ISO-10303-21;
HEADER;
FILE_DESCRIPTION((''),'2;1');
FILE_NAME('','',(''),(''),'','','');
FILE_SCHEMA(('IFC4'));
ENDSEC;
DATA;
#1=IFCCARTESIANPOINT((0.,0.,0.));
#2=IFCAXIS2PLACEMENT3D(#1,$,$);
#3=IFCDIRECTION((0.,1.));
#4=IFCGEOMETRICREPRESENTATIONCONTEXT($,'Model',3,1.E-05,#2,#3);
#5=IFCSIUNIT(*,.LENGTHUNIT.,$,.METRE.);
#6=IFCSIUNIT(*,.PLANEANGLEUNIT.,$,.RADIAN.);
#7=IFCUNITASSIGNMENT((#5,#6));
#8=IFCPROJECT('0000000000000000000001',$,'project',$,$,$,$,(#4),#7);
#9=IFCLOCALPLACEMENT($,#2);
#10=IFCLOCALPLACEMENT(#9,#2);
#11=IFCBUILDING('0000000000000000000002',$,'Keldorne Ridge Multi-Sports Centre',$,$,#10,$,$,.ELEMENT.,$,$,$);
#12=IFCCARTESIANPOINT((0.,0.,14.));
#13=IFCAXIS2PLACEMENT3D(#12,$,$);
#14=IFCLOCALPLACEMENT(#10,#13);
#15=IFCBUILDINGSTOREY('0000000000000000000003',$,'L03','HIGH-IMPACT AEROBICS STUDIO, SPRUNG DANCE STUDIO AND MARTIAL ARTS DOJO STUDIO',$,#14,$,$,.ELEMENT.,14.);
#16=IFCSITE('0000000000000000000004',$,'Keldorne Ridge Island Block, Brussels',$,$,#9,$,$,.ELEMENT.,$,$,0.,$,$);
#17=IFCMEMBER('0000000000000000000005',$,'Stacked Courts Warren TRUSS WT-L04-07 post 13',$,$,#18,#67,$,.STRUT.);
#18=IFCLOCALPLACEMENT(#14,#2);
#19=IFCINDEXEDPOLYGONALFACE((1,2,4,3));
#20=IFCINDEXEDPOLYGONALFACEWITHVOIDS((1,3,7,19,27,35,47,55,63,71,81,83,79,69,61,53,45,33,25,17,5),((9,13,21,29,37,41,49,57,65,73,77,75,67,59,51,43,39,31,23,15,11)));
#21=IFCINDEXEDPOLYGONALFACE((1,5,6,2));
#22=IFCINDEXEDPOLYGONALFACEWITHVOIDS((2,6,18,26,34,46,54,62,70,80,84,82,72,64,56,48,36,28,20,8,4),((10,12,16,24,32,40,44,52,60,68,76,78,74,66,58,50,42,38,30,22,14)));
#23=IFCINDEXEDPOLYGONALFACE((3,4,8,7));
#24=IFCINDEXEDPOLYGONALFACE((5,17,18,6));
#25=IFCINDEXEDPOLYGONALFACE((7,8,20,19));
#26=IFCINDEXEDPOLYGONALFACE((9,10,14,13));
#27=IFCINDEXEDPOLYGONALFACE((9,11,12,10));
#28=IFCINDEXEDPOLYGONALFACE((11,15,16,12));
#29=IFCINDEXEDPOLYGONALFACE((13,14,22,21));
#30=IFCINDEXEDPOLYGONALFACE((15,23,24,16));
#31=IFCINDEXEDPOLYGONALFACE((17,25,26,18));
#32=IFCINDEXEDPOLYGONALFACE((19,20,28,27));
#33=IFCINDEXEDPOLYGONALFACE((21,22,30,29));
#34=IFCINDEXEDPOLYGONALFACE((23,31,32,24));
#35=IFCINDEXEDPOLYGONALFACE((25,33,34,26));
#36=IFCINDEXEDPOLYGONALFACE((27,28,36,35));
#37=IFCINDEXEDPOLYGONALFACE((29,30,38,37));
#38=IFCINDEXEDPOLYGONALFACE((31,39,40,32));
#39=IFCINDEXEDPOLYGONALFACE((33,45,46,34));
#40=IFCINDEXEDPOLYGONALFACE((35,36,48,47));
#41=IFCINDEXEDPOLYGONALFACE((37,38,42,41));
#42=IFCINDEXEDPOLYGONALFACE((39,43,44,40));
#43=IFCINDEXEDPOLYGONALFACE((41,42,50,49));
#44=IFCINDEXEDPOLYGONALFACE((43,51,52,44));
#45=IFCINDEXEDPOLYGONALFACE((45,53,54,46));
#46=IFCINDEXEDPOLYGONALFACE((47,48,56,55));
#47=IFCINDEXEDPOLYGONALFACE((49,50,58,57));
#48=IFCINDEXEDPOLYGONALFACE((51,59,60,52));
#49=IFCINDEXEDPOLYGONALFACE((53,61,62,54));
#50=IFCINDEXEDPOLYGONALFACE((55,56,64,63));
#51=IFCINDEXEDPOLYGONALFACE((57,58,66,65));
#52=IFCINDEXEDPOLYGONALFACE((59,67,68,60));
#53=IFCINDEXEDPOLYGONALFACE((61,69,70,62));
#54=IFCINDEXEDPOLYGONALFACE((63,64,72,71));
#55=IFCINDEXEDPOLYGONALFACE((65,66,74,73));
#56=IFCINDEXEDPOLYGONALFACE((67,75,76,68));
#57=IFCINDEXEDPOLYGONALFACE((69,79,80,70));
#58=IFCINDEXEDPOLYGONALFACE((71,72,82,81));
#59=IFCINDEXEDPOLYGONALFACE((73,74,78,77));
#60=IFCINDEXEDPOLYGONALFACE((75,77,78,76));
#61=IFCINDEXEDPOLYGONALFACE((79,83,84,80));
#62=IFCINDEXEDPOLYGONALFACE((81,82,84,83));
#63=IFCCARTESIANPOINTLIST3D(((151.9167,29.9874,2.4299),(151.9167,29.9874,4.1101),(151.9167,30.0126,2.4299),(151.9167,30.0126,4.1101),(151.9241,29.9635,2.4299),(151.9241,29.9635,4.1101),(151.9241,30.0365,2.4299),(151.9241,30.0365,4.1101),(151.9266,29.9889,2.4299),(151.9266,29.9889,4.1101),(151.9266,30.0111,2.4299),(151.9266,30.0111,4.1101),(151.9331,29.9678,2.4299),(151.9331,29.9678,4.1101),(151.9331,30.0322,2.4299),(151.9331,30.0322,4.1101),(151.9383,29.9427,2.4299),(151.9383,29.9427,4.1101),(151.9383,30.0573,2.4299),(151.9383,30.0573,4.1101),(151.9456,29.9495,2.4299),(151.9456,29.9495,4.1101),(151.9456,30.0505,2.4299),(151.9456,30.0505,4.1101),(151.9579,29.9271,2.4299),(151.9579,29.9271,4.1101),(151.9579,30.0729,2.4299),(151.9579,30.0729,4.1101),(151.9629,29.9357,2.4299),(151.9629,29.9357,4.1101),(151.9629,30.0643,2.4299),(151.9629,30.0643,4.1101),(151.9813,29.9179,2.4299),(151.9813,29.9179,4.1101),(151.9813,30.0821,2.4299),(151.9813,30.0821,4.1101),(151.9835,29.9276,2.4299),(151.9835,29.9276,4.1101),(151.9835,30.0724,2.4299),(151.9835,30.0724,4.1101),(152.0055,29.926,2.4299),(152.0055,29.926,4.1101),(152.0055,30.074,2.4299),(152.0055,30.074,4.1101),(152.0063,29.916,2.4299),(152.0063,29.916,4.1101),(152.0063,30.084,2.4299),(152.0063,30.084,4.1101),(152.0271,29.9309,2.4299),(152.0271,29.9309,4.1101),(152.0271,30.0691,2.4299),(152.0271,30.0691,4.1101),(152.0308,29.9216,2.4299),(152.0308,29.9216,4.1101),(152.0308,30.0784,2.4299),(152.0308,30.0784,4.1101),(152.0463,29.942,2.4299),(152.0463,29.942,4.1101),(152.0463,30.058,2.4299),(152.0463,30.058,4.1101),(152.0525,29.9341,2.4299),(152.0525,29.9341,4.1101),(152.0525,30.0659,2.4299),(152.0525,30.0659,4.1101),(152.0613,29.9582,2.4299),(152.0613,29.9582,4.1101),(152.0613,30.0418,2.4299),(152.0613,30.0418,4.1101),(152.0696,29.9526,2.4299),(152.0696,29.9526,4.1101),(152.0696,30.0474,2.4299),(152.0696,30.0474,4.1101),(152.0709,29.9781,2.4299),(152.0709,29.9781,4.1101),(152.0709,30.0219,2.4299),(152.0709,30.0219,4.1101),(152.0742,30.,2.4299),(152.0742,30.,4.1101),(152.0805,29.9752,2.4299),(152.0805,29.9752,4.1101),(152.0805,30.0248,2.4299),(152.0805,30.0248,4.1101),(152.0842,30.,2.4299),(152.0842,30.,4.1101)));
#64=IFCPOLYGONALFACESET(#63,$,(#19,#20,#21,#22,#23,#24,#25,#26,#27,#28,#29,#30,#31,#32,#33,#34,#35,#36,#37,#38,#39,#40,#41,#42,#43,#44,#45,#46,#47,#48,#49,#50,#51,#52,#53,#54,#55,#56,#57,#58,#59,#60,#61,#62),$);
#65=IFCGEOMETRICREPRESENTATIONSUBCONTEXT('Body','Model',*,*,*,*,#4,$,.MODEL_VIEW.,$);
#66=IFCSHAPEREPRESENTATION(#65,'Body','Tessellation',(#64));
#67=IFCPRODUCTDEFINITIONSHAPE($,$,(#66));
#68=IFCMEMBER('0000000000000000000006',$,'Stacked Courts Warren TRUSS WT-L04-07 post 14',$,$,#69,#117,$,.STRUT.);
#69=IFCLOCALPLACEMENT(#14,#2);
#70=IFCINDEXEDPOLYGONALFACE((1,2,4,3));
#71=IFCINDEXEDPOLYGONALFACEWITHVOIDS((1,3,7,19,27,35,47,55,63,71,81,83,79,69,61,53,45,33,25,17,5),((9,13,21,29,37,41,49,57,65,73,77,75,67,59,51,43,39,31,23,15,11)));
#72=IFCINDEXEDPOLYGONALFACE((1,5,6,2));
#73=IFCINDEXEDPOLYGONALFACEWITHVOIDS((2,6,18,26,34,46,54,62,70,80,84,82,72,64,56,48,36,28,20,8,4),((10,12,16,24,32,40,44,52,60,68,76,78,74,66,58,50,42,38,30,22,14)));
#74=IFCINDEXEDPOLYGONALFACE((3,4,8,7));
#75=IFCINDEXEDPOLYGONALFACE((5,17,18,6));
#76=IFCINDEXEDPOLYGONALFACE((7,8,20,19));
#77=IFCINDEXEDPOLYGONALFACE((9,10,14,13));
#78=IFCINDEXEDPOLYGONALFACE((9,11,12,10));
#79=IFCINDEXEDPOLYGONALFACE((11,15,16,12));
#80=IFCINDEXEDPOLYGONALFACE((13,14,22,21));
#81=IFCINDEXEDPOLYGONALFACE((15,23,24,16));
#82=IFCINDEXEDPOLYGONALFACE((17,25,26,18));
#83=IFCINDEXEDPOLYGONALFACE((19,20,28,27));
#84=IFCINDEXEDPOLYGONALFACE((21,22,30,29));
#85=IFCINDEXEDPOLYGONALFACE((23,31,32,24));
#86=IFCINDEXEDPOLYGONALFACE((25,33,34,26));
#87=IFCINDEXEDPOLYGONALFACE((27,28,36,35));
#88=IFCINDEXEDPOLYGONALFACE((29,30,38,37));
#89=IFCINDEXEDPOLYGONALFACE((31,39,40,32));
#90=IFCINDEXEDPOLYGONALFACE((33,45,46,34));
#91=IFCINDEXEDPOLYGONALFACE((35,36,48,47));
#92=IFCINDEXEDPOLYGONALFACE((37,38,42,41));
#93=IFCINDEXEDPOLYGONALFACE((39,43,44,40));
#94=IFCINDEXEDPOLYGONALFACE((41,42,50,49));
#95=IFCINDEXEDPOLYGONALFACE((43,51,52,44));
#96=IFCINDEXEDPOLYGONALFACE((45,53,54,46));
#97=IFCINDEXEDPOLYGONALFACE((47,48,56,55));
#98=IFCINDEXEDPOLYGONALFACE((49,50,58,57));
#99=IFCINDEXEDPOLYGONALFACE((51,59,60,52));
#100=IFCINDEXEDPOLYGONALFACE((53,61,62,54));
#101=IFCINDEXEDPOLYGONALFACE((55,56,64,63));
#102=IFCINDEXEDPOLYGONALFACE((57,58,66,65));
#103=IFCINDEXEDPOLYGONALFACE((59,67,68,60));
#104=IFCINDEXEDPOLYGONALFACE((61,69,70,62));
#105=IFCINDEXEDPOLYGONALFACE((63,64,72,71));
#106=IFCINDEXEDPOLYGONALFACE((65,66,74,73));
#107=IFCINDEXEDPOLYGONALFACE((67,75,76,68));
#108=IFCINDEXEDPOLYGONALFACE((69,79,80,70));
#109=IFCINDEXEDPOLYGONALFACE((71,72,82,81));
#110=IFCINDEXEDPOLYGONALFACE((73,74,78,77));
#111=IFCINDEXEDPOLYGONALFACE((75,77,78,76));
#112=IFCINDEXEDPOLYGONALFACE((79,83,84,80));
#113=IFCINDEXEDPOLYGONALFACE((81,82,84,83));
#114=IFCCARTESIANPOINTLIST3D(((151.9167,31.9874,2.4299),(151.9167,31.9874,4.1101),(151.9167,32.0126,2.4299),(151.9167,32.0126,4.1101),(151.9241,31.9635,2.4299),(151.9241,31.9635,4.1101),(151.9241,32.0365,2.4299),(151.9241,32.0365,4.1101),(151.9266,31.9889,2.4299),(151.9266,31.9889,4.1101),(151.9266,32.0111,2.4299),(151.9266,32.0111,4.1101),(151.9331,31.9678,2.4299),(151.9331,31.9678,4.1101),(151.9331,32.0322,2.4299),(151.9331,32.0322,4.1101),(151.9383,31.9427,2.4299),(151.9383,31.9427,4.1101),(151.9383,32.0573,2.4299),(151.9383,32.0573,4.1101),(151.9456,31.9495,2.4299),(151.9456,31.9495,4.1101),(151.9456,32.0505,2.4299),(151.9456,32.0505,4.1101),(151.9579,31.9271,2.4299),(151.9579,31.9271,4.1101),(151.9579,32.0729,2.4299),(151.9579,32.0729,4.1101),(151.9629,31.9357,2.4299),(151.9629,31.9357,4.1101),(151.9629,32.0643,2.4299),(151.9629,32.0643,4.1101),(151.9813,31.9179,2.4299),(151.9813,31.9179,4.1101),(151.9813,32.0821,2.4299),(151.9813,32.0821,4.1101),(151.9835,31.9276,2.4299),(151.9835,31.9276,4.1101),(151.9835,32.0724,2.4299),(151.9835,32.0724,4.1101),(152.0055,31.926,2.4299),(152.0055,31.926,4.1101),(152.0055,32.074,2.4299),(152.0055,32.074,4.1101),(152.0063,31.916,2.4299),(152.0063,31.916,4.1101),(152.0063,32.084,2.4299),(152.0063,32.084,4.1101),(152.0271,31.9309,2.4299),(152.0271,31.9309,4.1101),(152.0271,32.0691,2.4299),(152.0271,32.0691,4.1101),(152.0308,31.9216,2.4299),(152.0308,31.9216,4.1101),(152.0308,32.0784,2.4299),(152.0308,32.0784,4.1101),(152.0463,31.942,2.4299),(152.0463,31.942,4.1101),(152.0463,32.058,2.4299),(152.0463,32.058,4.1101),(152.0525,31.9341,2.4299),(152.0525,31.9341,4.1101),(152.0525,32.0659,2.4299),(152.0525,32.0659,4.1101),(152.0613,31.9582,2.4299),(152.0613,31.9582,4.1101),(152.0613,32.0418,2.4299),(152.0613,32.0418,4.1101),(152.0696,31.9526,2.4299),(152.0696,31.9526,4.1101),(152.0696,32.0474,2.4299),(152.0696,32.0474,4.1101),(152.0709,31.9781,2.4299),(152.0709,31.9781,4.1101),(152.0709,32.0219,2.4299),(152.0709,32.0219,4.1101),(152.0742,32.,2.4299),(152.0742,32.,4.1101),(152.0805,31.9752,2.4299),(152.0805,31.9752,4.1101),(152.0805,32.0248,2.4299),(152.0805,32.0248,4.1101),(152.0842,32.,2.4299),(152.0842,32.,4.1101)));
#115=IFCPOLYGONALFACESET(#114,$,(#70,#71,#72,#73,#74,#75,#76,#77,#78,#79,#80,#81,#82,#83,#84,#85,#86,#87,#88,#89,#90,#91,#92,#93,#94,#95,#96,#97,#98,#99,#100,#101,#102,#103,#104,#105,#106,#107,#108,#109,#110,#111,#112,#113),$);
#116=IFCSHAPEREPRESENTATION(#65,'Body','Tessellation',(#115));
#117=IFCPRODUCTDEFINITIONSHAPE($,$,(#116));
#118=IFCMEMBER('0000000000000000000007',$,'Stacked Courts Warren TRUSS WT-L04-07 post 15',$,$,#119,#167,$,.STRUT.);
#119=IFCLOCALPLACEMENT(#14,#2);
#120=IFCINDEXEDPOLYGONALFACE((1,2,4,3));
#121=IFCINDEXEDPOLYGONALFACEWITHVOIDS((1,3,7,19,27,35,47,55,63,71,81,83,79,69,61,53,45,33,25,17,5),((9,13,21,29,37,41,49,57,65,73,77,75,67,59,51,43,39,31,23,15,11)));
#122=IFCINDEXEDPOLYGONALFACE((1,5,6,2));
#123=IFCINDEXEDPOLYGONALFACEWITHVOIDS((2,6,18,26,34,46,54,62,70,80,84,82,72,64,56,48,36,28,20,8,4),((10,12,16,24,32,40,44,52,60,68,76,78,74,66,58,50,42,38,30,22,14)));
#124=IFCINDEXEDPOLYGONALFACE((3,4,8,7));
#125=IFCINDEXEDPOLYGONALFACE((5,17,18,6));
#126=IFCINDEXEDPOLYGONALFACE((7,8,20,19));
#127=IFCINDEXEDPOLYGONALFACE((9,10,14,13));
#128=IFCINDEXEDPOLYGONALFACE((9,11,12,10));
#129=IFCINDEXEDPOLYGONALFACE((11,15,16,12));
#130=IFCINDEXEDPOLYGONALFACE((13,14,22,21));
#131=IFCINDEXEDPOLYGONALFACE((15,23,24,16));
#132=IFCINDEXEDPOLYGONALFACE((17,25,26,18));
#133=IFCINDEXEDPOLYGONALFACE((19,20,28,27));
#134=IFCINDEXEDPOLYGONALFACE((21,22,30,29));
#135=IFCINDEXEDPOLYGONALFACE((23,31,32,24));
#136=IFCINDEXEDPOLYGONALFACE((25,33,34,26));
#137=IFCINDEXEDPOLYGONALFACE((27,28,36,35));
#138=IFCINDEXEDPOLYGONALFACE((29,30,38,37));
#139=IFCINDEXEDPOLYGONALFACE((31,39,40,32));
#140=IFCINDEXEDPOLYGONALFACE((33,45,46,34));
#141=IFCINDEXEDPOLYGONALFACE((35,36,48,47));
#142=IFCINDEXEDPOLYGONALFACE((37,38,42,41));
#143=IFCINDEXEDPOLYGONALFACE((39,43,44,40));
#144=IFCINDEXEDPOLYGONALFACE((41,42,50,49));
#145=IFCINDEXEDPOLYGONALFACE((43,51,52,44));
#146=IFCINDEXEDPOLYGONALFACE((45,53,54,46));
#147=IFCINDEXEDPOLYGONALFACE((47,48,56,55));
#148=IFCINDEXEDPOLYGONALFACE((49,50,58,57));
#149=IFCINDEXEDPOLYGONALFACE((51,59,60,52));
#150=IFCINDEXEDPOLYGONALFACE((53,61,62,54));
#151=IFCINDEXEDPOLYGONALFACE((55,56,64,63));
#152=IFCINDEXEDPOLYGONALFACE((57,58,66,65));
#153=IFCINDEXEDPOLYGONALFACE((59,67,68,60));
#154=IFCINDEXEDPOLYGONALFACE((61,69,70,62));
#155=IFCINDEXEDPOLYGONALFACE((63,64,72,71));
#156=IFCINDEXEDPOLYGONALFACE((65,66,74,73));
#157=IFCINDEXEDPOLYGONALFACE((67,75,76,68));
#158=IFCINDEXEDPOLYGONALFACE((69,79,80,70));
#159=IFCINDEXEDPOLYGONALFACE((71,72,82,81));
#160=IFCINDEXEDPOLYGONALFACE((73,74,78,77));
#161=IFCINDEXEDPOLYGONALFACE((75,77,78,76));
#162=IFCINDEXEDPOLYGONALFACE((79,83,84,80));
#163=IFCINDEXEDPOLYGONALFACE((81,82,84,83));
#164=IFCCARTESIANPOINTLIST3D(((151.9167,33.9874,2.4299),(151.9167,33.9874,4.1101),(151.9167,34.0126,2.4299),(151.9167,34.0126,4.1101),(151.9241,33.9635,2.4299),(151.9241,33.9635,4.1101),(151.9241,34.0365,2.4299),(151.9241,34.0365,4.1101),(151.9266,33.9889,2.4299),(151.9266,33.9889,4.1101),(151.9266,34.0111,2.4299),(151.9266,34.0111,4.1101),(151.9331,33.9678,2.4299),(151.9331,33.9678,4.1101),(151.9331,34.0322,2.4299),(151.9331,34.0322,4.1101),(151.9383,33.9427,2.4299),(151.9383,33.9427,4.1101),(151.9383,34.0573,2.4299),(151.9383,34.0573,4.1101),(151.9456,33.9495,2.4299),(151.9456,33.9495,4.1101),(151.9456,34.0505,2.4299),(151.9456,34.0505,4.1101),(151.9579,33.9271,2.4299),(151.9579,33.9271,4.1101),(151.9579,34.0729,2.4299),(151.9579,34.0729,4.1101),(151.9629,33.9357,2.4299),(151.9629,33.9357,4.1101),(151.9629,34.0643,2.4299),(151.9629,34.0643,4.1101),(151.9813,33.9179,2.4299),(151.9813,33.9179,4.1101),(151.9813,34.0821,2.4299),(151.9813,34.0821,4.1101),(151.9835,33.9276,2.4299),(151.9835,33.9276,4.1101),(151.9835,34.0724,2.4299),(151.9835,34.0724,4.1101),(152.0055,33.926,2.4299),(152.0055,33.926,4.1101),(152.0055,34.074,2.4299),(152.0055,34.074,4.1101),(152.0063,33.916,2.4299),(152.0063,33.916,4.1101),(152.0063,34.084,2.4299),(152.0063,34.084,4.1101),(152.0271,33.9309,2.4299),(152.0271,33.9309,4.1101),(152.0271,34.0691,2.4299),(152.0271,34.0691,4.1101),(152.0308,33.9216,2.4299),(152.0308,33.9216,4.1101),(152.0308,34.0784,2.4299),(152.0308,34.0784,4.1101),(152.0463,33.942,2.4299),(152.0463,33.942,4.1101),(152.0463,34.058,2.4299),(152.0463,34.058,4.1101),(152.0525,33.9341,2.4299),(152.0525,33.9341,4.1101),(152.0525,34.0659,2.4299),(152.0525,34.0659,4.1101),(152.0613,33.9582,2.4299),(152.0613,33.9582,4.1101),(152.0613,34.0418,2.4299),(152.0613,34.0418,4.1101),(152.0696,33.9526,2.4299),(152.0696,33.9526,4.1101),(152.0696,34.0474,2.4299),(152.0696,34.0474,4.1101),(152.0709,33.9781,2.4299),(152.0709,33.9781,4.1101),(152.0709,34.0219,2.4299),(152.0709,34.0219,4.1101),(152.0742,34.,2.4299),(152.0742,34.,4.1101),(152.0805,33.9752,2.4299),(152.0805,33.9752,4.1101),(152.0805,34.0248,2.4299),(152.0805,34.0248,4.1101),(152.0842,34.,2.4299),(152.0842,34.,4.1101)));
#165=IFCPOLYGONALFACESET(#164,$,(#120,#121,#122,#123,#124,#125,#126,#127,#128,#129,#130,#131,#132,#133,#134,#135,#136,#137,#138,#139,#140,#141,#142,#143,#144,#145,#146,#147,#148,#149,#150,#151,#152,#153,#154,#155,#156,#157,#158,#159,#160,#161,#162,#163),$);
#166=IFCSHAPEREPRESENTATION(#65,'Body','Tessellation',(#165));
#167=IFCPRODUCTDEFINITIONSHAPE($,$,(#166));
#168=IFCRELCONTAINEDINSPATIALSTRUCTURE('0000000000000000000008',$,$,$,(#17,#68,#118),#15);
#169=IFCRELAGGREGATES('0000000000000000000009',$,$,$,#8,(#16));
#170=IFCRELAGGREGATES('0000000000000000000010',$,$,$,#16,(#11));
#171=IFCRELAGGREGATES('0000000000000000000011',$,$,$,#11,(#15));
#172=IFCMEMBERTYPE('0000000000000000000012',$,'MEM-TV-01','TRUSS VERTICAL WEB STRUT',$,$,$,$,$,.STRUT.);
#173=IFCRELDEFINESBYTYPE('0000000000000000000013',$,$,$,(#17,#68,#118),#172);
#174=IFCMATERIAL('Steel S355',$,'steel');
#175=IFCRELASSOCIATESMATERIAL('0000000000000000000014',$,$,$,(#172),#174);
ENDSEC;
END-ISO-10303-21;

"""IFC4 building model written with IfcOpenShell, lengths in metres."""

from ifc_helpers import new_model, si_unit, direction, frame, origin, origin_2d, place, context, subcontext, project, spatial, hollow_circle, extrude, material, material_profile, profile_set, type_object, element, save


model = new_model("IFC4")

# Units and contexts
model_context = context("Model", 3, precision=1e-05, world=origin(), true_north=direction((0.0, 1.0)))
body_context = subcontext(model_context, "Body", "Model", "MODEL_VIEW")
ifc_project = project(units=[si_unit("LENGTHUNIT", "METRE"), si_unit("PLANEANGLEUNIT", "RADIAN")], contexts=[model_context])

# Site, building, storey
site_placement = place(None, origin())
site = spatial("IfcSite", under=ifc_project, at=site_placement, Name="Keldorne Ridge Island Block, Brussels", CompositionType="ELEMENT", RefElevation=0.0)
building_placement = place(site_placement, origin())
building = spatial("IfcBuilding", under=site, at=building_placement, Name="Keldorne Ridge Multi-Sports Centre", CompositionType="ELEMENT")
storey_placement = place(building_placement, frame((0.0, 0.0, 14.0)))
storey = spatial("IfcBuildingStorey", under=building, at=storey_placement, Name="L03", Description="HIGH-IMPACT AEROBICS STUDIO, SPRUNG DANCE STUDIO AND MARTIAL ARTS DOJO STUDIO", CompositionType="ELEMENT", Elevation=14.0)

# Members
ifc_material = material(Name="Steel S355", Category="steel")
ifc_material_profile_1 = material_profile(ifc_material, hollow_circle(Radius=0.0842, WallThickness=0.01, at=origin_2d()), Name="CHS 168.3x10")
ifc_profile_set_1 = profile_set([ifc_material_profile_1], Name="Steel S355")
member_type_1 = type_object("IfcMemberType", Name="MEM-TV-01", Description="TRUSS VERTICAL WEB STRUT", PredefinedType="STRUT", material=ifc_profile_set_1)
for number, where, z_axis, x_axis, name in (
    (1, (152.0, 30.0, 2.4299), (0.0, 0.0, 1.0), (1.0, 0.0, 0.0), "Stacked Courts Warren TRUSS WT-L04-07 post 13"),
    (2, (152.0, 32.0, 2.4299), (0.0, 0.0, 1.0), (1.0, 0.0, 0.0), "Stacked Courts Warren TRUSS WT-L04-07 post 14"),
    (3, (152.0, 34.0, 2.4299), (0.0, 0.0, 1.0), (1.0, 0.0, 0.0), "Stacked Courts Warren TRUSS WT-L04-07 post 15"),
):
    element("IfcMember", number, at=place(storey_placement, frame(where, z_axis=z_axis, x_axis=x_axis)), inside=storey, type_object=member_type_1, Name=name, PredefinedType="STRUT", context=body_context, shape_type="SweptSolid", body=[
        extrude(hollow_circle(Radius=0.0842, WallThickness=0.01, at=origin_2d()), origin(), (0.0, 0.0, 1.0), 1.6802),
    ])

save(model, "model.ifc")
